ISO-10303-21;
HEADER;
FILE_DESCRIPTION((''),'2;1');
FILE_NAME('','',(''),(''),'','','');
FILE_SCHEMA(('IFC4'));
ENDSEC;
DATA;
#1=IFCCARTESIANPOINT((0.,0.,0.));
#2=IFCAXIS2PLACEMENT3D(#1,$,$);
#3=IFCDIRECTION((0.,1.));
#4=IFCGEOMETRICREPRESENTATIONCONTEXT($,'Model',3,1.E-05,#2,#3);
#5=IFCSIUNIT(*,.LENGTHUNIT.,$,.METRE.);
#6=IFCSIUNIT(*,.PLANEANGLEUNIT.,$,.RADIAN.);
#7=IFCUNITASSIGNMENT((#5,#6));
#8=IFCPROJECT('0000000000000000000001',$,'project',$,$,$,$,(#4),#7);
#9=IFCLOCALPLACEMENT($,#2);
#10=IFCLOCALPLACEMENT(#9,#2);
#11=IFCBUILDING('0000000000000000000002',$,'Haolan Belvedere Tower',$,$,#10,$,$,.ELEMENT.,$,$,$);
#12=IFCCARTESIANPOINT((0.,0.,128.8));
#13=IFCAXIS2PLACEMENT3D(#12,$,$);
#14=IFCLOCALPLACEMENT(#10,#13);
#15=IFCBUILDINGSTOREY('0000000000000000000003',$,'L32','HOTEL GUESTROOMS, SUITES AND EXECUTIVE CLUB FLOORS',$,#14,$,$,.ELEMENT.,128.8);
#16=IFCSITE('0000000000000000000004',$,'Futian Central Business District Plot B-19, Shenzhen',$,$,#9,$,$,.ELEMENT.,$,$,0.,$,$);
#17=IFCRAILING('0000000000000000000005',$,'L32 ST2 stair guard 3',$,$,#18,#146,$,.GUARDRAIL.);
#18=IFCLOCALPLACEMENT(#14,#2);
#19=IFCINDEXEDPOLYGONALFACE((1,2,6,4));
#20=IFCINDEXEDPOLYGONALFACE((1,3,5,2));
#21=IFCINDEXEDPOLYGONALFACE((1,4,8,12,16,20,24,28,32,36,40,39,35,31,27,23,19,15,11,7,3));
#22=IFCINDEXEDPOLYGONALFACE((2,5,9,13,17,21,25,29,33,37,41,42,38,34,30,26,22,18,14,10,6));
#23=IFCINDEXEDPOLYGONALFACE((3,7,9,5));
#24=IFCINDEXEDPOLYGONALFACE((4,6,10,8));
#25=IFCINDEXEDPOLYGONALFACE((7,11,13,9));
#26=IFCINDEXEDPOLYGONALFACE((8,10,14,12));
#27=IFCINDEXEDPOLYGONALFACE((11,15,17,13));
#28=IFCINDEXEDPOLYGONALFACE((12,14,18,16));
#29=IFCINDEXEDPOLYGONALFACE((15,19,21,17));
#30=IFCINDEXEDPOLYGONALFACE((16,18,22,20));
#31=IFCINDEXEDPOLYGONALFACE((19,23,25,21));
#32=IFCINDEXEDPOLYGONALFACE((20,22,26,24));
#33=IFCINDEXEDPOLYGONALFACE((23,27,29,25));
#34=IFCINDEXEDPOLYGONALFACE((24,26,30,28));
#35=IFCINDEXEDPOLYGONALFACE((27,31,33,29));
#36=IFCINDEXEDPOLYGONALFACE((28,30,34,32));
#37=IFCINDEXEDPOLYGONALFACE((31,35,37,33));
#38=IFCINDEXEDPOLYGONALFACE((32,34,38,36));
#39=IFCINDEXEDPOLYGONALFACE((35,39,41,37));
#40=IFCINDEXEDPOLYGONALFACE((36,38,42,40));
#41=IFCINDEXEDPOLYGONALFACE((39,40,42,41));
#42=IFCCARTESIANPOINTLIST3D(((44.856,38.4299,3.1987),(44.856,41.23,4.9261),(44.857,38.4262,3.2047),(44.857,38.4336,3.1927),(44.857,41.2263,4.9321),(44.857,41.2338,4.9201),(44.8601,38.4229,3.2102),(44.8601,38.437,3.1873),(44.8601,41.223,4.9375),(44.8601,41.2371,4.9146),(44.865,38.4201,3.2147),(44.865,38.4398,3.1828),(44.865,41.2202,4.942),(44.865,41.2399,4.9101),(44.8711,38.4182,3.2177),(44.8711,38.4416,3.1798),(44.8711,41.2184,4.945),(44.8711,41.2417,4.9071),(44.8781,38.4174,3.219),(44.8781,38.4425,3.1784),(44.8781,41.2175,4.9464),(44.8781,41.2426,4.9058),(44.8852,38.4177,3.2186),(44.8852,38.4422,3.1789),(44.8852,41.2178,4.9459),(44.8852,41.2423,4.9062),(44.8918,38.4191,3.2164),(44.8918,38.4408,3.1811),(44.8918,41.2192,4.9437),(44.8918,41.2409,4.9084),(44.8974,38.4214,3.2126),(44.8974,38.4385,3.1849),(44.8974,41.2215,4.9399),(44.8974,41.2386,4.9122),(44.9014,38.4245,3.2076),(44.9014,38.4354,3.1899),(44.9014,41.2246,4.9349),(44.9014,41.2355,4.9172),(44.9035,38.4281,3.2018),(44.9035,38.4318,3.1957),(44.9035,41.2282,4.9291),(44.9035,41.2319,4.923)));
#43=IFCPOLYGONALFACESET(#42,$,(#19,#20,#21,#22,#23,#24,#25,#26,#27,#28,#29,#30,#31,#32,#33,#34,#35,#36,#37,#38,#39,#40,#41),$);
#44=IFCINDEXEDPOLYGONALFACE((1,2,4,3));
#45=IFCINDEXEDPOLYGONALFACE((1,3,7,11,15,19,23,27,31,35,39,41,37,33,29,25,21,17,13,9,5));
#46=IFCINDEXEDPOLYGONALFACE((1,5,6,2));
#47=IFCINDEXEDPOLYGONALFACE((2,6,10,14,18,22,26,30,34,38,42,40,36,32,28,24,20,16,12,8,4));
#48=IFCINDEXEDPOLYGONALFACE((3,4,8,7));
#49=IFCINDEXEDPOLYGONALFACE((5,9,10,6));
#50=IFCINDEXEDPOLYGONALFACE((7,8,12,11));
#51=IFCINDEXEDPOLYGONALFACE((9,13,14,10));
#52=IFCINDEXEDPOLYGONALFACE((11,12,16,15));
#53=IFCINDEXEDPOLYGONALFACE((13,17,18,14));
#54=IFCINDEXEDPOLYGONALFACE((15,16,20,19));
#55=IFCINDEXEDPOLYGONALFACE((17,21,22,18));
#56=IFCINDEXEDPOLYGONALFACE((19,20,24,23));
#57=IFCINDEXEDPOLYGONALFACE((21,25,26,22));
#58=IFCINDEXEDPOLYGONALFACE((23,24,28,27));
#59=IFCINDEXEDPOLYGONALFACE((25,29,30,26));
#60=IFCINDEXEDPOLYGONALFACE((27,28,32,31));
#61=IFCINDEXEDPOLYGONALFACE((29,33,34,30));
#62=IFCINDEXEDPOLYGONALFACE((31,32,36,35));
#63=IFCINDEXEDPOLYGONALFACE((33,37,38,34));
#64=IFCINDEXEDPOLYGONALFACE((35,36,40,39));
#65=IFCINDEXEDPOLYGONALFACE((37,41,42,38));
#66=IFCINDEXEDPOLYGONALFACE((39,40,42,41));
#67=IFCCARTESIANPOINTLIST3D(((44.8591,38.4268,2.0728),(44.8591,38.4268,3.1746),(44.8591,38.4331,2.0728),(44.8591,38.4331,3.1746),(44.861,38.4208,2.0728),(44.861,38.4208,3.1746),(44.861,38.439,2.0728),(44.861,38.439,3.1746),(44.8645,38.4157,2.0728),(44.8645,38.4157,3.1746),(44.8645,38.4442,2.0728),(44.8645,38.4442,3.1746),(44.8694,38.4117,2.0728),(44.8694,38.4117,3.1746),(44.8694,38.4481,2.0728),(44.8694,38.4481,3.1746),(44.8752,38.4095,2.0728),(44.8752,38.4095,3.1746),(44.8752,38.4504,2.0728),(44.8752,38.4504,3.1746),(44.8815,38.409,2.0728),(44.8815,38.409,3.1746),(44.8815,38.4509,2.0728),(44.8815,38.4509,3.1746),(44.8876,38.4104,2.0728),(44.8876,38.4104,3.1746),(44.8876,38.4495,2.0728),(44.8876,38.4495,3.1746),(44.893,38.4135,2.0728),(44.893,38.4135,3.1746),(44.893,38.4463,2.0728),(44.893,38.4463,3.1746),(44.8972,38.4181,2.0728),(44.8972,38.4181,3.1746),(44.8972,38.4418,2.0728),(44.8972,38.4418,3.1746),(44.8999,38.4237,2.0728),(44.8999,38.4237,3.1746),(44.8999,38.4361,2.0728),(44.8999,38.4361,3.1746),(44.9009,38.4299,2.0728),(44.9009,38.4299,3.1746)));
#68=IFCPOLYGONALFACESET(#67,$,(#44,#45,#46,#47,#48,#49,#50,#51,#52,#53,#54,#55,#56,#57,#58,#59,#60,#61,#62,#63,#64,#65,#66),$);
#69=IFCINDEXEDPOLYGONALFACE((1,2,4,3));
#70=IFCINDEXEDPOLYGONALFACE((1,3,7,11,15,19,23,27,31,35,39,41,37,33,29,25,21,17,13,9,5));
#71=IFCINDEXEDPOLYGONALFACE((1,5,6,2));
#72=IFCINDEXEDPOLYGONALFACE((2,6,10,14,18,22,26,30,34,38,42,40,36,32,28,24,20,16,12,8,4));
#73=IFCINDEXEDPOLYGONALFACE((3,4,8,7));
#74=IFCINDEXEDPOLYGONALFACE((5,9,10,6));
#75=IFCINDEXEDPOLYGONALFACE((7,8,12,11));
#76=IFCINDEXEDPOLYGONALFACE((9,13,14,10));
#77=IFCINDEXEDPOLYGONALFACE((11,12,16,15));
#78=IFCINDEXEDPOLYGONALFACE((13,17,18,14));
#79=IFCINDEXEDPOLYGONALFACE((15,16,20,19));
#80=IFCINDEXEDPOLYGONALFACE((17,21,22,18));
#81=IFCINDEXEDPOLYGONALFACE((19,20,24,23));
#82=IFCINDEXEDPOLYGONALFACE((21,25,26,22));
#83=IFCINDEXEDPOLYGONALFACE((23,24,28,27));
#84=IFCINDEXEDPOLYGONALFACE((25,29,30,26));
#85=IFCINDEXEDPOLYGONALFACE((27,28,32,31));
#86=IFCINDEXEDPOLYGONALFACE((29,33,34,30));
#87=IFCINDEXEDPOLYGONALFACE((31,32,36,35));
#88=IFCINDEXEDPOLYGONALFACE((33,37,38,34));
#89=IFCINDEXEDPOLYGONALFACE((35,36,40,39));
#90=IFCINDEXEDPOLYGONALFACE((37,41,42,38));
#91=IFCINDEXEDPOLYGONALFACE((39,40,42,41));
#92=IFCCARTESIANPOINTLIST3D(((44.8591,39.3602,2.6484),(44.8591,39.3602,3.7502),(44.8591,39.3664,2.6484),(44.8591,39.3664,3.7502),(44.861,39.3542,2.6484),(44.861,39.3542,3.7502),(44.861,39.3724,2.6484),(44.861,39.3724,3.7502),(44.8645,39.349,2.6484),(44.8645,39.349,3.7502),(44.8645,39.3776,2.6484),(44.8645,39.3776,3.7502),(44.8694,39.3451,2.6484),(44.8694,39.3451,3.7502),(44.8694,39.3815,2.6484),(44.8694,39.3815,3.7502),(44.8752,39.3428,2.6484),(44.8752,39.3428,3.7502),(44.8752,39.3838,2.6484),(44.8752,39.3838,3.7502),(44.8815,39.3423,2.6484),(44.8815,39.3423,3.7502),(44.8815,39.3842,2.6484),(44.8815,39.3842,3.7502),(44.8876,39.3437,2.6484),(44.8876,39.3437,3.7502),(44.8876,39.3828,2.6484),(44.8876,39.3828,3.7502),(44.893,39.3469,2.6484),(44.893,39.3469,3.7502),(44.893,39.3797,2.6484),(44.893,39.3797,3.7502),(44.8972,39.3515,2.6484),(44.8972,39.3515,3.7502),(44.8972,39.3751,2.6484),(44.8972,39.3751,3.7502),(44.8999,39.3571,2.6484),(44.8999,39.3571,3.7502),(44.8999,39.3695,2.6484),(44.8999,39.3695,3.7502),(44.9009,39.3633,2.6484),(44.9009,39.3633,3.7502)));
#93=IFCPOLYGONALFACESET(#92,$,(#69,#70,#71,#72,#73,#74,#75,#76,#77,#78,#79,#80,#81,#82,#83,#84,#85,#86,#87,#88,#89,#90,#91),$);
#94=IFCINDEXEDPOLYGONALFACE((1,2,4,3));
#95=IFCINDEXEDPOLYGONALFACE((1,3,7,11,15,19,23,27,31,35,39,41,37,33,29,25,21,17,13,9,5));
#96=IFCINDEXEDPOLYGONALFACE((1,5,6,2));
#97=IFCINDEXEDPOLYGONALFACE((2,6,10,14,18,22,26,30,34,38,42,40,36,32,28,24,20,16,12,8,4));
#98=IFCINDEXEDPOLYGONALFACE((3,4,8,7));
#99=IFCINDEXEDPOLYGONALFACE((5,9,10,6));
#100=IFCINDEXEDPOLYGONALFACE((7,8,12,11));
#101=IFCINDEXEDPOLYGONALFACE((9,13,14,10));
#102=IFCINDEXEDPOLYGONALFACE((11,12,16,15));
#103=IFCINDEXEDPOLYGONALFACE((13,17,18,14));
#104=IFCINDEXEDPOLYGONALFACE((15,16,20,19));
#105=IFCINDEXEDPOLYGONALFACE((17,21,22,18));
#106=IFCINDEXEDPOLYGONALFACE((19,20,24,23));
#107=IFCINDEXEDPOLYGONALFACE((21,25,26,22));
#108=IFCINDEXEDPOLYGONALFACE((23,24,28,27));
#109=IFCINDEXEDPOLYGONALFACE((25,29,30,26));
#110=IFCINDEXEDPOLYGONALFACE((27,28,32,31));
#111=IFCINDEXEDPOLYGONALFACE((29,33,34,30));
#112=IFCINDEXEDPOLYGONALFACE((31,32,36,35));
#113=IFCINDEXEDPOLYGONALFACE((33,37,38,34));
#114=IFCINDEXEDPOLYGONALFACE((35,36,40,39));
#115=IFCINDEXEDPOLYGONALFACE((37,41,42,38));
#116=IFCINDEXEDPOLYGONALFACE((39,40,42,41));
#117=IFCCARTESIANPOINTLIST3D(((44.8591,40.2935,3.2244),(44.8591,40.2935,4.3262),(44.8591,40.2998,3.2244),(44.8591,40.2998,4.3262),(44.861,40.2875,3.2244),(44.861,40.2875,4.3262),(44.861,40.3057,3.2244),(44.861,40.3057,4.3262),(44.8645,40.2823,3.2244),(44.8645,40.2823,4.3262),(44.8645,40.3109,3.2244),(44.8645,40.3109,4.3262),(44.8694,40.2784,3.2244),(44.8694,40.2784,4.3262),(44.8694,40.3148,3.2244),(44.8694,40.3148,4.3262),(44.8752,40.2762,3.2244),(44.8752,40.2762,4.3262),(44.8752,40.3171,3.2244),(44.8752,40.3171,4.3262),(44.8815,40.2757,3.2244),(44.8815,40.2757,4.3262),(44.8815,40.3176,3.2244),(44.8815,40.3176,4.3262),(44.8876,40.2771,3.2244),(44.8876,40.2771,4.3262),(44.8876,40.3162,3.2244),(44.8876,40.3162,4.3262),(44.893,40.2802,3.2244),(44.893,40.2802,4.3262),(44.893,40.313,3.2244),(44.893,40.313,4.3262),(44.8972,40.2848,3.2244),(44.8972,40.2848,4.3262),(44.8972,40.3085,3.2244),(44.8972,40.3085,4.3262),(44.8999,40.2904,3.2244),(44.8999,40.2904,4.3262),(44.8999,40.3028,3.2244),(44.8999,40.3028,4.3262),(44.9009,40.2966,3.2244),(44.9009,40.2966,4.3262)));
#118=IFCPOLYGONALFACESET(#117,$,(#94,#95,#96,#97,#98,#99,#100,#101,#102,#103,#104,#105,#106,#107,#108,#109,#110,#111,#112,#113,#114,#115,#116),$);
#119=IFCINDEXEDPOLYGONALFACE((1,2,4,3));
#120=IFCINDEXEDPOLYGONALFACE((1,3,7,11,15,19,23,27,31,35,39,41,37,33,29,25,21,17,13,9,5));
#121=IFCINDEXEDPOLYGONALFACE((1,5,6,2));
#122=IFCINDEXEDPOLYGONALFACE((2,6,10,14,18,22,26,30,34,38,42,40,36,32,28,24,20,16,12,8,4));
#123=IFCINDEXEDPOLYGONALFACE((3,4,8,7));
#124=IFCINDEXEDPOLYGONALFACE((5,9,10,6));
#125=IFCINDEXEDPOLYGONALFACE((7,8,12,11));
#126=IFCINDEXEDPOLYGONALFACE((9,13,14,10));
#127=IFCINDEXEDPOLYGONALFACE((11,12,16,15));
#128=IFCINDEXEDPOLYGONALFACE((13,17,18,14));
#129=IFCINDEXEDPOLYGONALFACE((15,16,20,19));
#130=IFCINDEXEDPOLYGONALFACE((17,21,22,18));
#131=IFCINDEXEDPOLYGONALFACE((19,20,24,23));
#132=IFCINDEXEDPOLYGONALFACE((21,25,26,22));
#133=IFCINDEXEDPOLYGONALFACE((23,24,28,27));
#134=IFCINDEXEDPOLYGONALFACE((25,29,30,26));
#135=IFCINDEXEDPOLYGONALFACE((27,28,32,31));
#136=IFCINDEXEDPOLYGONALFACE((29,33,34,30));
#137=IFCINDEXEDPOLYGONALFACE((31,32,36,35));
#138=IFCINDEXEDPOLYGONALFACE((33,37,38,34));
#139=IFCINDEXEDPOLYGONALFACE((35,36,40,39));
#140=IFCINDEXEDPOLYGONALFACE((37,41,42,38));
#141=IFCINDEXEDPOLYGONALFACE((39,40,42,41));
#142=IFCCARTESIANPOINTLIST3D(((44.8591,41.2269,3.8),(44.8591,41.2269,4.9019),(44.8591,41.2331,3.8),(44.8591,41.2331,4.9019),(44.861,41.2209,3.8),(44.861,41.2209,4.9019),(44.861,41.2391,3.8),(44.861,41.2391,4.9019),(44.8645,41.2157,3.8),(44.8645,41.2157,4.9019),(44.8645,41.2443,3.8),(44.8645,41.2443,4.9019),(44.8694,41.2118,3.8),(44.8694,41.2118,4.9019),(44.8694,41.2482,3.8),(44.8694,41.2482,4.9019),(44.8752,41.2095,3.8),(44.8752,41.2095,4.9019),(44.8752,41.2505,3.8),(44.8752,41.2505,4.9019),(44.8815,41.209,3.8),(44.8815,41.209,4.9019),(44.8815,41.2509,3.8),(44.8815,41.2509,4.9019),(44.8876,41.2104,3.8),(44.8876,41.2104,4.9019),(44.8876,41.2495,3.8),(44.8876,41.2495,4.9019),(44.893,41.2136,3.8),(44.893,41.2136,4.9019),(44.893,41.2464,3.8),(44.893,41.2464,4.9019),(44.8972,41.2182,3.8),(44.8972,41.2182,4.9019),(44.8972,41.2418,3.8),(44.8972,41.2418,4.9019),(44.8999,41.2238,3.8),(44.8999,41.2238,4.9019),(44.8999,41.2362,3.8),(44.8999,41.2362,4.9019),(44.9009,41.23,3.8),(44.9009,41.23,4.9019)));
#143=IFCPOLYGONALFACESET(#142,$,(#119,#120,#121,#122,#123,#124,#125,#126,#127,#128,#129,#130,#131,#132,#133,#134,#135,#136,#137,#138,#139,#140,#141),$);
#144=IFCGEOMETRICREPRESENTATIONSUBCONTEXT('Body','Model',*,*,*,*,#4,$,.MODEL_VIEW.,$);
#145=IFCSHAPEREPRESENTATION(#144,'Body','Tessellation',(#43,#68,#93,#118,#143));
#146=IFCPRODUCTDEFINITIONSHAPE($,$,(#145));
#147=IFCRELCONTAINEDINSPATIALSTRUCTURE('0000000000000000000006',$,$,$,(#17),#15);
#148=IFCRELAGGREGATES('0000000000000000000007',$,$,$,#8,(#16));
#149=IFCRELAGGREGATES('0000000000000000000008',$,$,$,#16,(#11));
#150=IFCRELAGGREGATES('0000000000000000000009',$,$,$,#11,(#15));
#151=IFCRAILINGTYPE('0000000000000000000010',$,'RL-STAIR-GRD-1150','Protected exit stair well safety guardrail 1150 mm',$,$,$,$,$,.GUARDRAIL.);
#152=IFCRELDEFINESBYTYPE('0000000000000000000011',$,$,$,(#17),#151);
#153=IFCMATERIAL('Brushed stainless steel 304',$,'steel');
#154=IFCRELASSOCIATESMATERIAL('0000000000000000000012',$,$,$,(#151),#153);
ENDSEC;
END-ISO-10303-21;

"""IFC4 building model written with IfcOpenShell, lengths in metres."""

from ifc_helpers import new_model, si_unit, direction, frame, origin, origin_2d, place, context, subcontext, project, spatial, circle, extrude, material, type_object, element, save


model = new_model("IFC4")

# Units and contexts
model_context = context("Model", 3, precision=1e-05, world=origin(), true_north=direction((0.0, 1.0)))
body_context = subcontext(model_context, "Body", "Model", "MODEL_VIEW")
ifc_project = project(units=[si_unit("LENGTHUNIT", "METRE"), si_unit("PLANEANGLEUNIT", "RADIAN")], contexts=[model_context])

# Site, building, storey
site_placement = place(None, origin())
site = spatial("IfcSite", under=ifc_project, at=site_placement, Name="Futian Central Business District Plot B-19, Shenzhen", CompositionType="ELEMENT", RefElevation=0.0)
building_placement = place(site_placement, origin())
building = spatial("IfcBuilding", under=site, at=building_placement, Name="Haolan Belvedere Tower", CompositionType="ELEMENT")
storey_placement = place(building_placement, frame((0.0, 0.0, 128.8)))
storey = spatial("IfcBuildingStorey", under=building, at=storey_placement, Name="L32", Description="HOTEL GUESTROOMS, SUITES AND EXECUTIVE CLUB FLOORS", CompositionType="ELEMENT", Elevation=128.8)

# Railing
ifc_material_1 = material(Name="Brushed stainless steel 304", Category="steel")
railing_type_1 = type_object("IfcRailingType", Name="RL-STAIR-GRD-1150", Description="Protected exit stair well safety guardrail 1150 mm", PredefinedType="GUARDRAIL", material=ifc_material_1)
railing_1_placement = place(storey_placement, frame((44.8799, 38.4299, 2.0728)))
element("IfcRailing", 1, at=railing_1_placement, inside=storey, type_object=railing_type_1, Name="L32 ST2 stair guard 3", PredefinedType="GUARDRAIL", context=body_context, shape_type="SweptSolid", body=[
    extrude(circle(Radius=0.0239, at=origin_2d()), frame((0.0, 0.0, 1.126), z_axis=(0.0, 0.85109, 0.52502), x_axis=(-1.0, 0.0, 0.0)), (0.0, 0.0, 1.0), 3.29),
    extrude(circle(Radius=0.021, at=origin_2d()), origin(), (0.0, 0.0, 1.0), 1.1018),
    extrude(circle(Radius=0.021, at=origin_2d()), frame((0.0, 0.9333, 0.5757)), (0.0, 0.0, 1.0), 1.1018),
    extrude(circle(Radius=0.021, at=origin_2d()), frame((0.0, 1.8667, 1.1516)), (0.0, 0.0, 1.0), 1.1018),
    extrude(circle(Radius=0.021, at=origin_2d()), frame((0.0, 2.8, 1.7273)), (0.0, 0.0, 1.0), 1.1018),
])

save(model, "model.ifc")
